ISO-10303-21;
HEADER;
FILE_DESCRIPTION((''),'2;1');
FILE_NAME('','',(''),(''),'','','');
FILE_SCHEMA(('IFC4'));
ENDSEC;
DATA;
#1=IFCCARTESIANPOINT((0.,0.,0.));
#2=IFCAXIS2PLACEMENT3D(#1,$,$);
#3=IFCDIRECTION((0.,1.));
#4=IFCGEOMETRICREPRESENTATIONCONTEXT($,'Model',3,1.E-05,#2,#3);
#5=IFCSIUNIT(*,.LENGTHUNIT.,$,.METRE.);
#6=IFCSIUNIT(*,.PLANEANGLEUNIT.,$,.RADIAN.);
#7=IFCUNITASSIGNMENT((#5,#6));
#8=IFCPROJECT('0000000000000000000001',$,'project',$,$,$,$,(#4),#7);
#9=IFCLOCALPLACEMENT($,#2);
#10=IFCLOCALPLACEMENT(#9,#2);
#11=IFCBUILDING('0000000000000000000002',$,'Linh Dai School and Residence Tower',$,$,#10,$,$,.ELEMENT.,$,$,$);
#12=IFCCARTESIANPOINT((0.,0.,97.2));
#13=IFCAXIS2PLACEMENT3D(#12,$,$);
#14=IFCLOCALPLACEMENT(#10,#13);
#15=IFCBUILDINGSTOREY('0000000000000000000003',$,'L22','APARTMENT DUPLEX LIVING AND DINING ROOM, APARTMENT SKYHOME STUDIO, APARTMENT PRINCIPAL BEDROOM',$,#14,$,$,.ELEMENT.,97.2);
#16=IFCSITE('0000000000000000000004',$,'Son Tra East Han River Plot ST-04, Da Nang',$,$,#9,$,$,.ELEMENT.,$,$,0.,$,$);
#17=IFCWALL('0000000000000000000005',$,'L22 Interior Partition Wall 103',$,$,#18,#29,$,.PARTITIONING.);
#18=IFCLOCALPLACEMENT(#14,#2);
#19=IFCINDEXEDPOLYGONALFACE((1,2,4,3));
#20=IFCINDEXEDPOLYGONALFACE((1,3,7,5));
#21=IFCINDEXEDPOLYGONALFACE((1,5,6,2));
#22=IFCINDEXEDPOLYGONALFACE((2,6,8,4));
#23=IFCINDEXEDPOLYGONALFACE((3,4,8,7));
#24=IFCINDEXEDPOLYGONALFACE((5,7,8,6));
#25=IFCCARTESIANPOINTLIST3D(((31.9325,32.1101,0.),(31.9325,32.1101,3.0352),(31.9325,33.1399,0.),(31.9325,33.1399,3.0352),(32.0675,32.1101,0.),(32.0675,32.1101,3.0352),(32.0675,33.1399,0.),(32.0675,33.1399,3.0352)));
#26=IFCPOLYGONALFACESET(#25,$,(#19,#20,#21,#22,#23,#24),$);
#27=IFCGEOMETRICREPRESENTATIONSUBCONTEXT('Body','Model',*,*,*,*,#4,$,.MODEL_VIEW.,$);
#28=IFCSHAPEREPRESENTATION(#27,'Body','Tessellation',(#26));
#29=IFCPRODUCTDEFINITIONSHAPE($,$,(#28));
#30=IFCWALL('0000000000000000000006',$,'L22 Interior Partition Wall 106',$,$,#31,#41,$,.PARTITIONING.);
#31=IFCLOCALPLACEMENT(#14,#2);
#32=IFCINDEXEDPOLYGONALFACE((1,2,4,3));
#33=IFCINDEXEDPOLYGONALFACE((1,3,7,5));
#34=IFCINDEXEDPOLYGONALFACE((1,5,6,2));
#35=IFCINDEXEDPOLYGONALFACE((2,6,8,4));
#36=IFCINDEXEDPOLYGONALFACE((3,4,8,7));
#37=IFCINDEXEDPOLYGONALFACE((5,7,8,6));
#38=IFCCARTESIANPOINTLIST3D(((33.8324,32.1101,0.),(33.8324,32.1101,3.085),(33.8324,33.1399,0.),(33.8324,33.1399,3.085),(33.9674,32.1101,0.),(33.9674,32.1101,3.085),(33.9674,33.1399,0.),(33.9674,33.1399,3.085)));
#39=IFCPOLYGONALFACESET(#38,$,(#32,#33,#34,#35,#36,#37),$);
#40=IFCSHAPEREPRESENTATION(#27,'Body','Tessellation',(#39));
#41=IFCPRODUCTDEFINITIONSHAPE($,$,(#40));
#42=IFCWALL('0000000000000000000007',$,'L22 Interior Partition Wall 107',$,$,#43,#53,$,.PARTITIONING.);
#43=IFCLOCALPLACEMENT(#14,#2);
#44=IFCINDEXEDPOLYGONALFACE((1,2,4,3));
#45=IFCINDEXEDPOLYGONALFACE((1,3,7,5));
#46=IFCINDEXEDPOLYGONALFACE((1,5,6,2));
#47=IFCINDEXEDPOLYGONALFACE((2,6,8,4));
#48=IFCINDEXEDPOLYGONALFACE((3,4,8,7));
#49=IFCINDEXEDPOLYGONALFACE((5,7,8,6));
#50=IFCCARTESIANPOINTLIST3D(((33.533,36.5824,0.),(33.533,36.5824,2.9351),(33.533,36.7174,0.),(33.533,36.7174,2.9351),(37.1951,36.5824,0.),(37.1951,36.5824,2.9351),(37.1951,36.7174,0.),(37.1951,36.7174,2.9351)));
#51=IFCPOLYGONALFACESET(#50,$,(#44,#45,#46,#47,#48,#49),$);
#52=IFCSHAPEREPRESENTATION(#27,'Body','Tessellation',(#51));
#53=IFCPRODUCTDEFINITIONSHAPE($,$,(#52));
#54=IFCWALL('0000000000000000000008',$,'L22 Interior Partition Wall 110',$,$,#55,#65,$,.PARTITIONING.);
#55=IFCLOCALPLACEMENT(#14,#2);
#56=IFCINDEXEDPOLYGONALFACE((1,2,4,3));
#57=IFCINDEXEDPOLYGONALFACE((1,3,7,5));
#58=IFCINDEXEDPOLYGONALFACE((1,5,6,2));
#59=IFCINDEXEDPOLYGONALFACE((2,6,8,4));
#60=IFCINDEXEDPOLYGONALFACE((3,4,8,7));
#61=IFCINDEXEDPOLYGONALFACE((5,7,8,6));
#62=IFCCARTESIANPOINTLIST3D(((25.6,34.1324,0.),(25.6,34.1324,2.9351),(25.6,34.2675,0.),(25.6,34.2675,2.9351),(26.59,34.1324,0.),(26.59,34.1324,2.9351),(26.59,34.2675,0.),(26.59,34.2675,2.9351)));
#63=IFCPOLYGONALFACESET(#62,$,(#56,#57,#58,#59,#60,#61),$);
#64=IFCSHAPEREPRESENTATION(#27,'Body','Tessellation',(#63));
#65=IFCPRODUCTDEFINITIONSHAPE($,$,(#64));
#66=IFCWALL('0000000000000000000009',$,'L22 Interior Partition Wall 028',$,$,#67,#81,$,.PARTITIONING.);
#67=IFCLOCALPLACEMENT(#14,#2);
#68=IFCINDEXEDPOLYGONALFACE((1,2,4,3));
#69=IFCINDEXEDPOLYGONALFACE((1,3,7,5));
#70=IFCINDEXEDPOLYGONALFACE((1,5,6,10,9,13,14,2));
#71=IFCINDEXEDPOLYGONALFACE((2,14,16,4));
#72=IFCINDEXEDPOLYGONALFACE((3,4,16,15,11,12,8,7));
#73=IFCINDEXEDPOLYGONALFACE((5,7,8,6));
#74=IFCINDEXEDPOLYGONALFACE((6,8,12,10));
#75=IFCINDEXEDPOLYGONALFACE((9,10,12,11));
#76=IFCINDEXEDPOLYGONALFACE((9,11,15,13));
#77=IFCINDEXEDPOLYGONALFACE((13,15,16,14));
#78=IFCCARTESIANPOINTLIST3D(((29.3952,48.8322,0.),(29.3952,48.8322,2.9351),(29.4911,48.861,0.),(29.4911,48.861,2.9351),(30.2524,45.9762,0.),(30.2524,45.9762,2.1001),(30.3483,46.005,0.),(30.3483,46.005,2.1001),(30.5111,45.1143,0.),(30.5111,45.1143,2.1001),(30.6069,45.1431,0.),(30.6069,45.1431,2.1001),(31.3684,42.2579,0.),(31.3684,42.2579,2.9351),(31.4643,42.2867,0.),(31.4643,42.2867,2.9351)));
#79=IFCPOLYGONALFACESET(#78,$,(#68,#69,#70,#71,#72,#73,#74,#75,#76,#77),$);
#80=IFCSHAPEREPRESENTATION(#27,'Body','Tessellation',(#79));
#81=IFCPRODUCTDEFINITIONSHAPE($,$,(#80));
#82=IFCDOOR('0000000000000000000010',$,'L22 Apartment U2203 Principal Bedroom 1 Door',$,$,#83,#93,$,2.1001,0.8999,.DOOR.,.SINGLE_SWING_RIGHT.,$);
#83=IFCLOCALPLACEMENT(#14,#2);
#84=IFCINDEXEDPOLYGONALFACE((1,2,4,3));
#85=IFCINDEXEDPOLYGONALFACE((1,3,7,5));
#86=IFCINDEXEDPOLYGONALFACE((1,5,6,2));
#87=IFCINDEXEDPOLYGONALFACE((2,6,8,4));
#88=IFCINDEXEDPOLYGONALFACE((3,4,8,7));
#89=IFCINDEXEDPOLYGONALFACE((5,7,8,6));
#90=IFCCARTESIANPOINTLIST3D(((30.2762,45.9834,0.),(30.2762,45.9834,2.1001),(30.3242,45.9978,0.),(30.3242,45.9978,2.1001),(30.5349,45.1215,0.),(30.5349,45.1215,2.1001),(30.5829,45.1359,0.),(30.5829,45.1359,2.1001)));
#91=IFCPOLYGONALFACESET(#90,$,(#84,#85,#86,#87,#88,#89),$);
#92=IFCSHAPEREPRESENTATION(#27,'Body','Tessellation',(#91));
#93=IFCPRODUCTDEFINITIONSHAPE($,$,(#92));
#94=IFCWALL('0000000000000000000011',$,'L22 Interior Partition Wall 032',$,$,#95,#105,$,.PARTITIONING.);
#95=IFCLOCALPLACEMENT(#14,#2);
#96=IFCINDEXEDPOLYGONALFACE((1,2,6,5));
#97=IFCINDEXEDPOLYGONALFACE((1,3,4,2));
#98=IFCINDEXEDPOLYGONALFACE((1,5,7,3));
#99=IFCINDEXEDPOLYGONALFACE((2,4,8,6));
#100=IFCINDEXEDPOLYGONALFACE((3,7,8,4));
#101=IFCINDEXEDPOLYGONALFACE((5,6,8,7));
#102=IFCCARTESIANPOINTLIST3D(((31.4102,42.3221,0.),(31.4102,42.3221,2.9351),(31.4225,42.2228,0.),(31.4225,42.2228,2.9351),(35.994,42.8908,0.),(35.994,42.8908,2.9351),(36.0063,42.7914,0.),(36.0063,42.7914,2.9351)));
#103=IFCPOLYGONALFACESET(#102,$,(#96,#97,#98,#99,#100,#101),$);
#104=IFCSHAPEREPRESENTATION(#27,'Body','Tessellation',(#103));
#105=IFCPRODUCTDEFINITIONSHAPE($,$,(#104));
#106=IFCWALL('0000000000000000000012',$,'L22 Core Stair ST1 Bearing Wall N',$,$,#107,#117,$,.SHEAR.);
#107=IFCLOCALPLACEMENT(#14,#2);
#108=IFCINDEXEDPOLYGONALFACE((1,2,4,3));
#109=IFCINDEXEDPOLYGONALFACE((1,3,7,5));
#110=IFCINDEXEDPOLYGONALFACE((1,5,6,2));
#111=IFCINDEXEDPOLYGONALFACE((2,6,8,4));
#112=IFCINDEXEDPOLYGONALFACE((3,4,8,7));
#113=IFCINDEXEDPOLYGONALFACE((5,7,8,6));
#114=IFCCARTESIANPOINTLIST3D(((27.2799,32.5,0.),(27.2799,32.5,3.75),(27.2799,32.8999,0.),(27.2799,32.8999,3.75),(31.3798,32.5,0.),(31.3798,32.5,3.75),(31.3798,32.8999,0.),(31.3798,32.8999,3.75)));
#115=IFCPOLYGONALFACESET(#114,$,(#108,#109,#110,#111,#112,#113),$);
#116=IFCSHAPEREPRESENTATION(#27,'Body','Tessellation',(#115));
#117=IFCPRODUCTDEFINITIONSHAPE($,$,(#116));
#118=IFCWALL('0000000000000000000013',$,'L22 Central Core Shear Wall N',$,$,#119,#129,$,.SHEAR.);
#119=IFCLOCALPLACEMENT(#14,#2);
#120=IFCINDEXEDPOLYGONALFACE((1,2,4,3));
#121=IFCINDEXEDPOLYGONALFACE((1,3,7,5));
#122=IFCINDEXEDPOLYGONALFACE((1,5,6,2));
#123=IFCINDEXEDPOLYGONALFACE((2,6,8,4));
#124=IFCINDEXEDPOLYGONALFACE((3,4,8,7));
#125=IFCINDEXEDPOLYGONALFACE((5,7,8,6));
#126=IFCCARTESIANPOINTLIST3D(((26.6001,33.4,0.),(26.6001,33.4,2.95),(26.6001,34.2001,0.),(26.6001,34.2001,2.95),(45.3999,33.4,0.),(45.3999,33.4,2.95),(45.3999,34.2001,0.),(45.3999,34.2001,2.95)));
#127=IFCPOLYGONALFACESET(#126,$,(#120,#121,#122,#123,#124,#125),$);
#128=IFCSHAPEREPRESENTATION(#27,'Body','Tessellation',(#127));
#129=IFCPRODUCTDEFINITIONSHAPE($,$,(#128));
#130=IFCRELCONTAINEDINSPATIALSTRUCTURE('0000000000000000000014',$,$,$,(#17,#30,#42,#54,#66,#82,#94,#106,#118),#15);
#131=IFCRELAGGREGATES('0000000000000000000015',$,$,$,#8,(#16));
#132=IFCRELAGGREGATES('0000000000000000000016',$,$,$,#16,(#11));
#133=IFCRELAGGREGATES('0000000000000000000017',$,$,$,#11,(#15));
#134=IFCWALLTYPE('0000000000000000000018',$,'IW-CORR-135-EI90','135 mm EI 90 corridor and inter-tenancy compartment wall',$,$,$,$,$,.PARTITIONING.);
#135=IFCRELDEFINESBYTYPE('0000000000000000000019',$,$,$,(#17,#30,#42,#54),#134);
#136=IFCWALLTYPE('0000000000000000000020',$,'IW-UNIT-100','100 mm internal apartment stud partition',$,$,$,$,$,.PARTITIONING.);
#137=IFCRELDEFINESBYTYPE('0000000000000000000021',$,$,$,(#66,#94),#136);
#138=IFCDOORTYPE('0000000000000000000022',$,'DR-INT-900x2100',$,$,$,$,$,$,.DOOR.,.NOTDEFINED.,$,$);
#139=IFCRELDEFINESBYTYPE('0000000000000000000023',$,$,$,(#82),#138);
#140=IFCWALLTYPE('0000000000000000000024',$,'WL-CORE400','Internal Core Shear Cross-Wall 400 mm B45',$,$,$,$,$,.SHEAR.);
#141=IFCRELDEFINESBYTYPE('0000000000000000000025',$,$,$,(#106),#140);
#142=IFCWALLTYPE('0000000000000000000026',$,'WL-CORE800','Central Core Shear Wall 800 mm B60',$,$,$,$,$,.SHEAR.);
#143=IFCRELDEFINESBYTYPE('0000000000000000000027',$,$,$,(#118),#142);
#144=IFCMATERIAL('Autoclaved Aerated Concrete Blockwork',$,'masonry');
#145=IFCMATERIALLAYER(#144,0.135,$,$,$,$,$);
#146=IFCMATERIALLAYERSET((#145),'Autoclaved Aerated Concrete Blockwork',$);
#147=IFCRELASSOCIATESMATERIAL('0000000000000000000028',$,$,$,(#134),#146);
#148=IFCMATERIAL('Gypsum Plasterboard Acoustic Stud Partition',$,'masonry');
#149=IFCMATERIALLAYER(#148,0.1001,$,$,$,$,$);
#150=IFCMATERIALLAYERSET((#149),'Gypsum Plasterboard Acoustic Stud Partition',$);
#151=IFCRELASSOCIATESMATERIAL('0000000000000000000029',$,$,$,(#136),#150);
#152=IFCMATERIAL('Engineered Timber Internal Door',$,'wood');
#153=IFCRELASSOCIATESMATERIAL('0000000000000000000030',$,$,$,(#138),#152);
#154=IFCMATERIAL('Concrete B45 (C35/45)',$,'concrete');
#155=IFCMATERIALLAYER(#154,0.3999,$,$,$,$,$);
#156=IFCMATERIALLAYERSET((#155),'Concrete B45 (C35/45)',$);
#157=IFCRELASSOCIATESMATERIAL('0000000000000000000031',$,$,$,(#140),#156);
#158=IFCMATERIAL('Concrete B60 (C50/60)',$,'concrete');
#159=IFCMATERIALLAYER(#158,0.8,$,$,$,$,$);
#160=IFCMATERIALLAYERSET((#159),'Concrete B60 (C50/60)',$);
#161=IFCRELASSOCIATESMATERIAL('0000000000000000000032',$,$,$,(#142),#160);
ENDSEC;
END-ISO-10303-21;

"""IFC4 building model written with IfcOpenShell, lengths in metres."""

from ifc_helpers import new_model, si_unit, direction, frame, frame_2d, origin, origin_2d, place, context, subcontext, project, spatial, rectangle, extrude, source, transform, mapped, material, layer, layer_set, type_object, element, fill, save


model = new_model("IFC4")

# Units and contexts
model_context = context("Model", 3, precision=1e-05, world=origin(), true_north=direction((0.0, 1.0)))
body_context = subcontext(model_context, "Body", "Model", "MODEL_VIEW")
ifc_project = project(units=[si_unit("LENGTHUNIT", "METRE"), si_unit("PLANEANGLEUNIT", "RADIAN")], contexts=[model_context])

# Site, building, storey
site_placement = place(None, origin())
site = spatial("IfcSite", under=ifc_project, at=site_placement, Name="Son Tra East Han River Plot ST-04, Da Nang", CompositionType="ELEMENT", RefElevation=0.0)
building_placement = place(site_placement, origin())
building = spatial("IfcBuilding", under=site, at=building_placement, Name="Linh Dai School and Residence Tower", CompositionType="ELEMENT")
storey_placement = place(building_placement, frame((0.0, 0.0, 97.2)))
storey = spatial("IfcBuildingStorey", under=building, at=storey_placement, Name="L22", Description="APARTMENT DUPLEX LIVING AND DINING ROOM, APARTMENT SKYHOME STUDIO, APARTMENT PRINCIPAL BEDROOM", CompositionType="ELEMENT", Elevation=97.2)

# Walls
ifc_material_1 = material(Name="Autoclaved Aerated Concrete Blockwork", Category="masonry")
ifc_layer_1 = layer(ifc_material_1, 0.135)
ifc_layer_set_1 = layer_set([ifc_layer_1], Name="Autoclaved Aerated Concrete Blockwork")
wall_type_1 = type_object("IfcWallType", Name="IW-CORR-135-EI90", Description="135 mm EI 90 corridor and inter-tenancy compartment wall", PredefinedType="PARTITIONING", material=ifc_layer_set_1)
wall_1_placement = place(storey_placement, frame((32.0, 33.1399, 0.0), z_axis=(0.0, 0.0, 1.0), x_axis=(0.0, -1.0, 0.0)))
element("IfcWall", 1, at=wall_1_placement, inside=storey, type_object=wall_type_1, Name="L22 Interior Partition Wall 103", PredefinedType="PARTITIONING", context=body_context, shape_type="SweptSolid", body=[
    extrude(rectangle(XDim=1.0298, YDim=0.135, at=frame_2d((0.5149, 0.0))), origin(), (0.0, 0.0, 1.0), 3.0352),
])
wall_2_placement = place(storey_placement, frame((33.8999, 32.1101, 0.0), z_axis=(0.0, 0.0, 1.0), x_axis=(0.0, 1.0, 0.0)))
element("IfcWall", 2, at=wall_2_placement, inside=storey, type_object=wall_type_1, Name="L22 Interior Partition Wall 106", PredefinedType="PARTITIONING", context=body_context, shape_type="SweptSolid", body=[
    extrude(rectangle(XDim=1.0298, YDim=0.135, at=frame_2d((0.5149, 0.0))), origin(), (0.0, 0.0, 1.0), 3.085),
])
wall_3_placement = place(storey_placement, frame((33.533, 36.6499, 0.0), z_axis=(0.0, 0.0, 1.0), x_axis=(1.0, 0.0, 0.0)))
element("IfcWall", 3, at=wall_3_placement, inside=storey, type_object=wall_type_1, Name="L22 Interior Partition Wall 107", PredefinedType="PARTITIONING", context=body_context, shape_type="SweptSolid", body=[
    extrude(rectangle(XDim=3.6621, YDim=0.135, at=frame_2d((1.8311, 0.0))), origin(), (0.0, 0.0, 1.0), 2.9351),
])
wall_4_placement = place(storey_placement, frame((26.5901, 34.2, 0.0), z_axis=(0.0, 0.0, 1.0), x_axis=(-1.0, 0.0, 0.0)))
element("IfcWall", 4, at=wall_4_placement, inside=storey, type_object=wall_type_1, Name="L22 Interior Partition Wall 110", PredefinedType="PARTITIONING", context=body_context, shape_type="SweptSolid", body=[
    extrude(rectangle(XDim=0.99, YDim=0.135, at=frame_2d((0.4951, 0.0))), origin(), (0.0, 0.0, 1.0), 2.9351),
])

# Wall, opening, door
ifc_material_2 = material(Name="Gypsum Plasterboard Acoustic Stud Partition", Category="masonry")
ifc_layer_2 = layer(ifc_material_2, 0.1001)
ifc_layer_set_2 = layer_set([ifc_layer_2], Name="Gypsum Plasterboard Acoustic Stud Partition")
wall_type_2 = type_object("IfcWallType", Name="IW-UNIT-100", Description="100 mm internal apartment stud partition", PredefinedType="PARTITIONING", material=ifc_layer_set_2)
wall_5_placement = place(storey_placement, frame((29.4431, 48.8467, 0.0), z_axis=(0.0, 0.0, 1.0), x_axis=(0.287465, -0.957791, 0.0)))
wall_5 = element("IfcWall", 5, at=wall_5_placement, inside=storey, type_object=wall_type_2, Name="L22 Interior Partition Wall 028", PredefinedType="PARTITIONING", context=body_context, shape_type="SweptSolid", body=[
    extrude(rectangle(XDim=6.864, YDim=0.1001, at=frame_2d((3.4321, 0.0))), origin(), (0.0, 0.0, 1.0), 2.9351),
])
opening_1_placement = place(wall_5_placement, frame((2.9819, 0.0, 0.0)))
opening_1 = element("IfcOpeningElement", 6, at=opening_1_placement, cuts=wall_5, PredefinedType="OPENING", context=body_context, shape_type="SweptSolid", body=[
    extrude(rectangle(XDim=0.8999, YDim=2.1001, at=origin_2d()), frame((0.45, 0.0601, 1.05), z_axis=(0.0, -1.0, 0.0), x_axis=(1.0, 0.0, 0.0)), (0.0, 0.0, 1.0), 0.1201),
])
ifc_material_3 = material(Name="Engineered Timber Internal Door", Category="wood")
door_type = type_object("IfcDoorType", Name="DR-INT-900x2100", OperationType="NOTDEFINED", PredefinedType="DOOR", material=ifc_material_3)
shared_shape_1 = source(origin(), body_context, "Body", "SweptSolid", [
    extrude(rectangle(XDim=0.8999, YDim=2.1001, at=origin_2d()), frame((0.45, 0.0249, 1.05), z_axis=(0.0, -1.0, 0.0), x_axis=(1.0, 0.0, 0.0)), (0.0, 0.0, 1.0), 0.05),
])
door_placement = place(opening_1_placement, origin())
door = element("IfcDoor", 7, at=door_placement, inside=storey, type_object=door_type, Name="L22 Apartment U2203 Principal Bedroom 1 Door", OperationType="SINGLE_SWING_RIGHT", OverallHeight=2.1001, OverallWidth=0.8999, PredefinedType="DOOR", context=body_context, shape_type="MappedRepresentation", body=[
    mapped(shared_shape_1, transform((0.0, 0.0, 0.0), x_axis=(1.0, 0.0, 0.0), y_axis=(0.0, 1.0, 0.0), z_axis=(0.0, 0.0, 1.0), scale=1.0)),
])
fill(opening_1, door)

# Walls
wall_6_placement = place(storey_placement, frame((31.4163, 42.2725, 0.0), z_axis=(0.0, 0.0, 1.0), x_axis=(0.992394, 0.123104, 0.0)))
element("IfcWall", 8, at=wall_6_placement, inside=storey, type_object=wall_type_2, Name="L22 Interior Partition Wall 032", PredefinedType="PARTITIONING", context=body_context, shape_type="SweptSolid", body=[
    extrude(rectangle(XDim=4.6189, YDim=0.1001, at=frame_2d((2.3096, 0.0))), origin(), (0.0, 0.0, 1.0), 2.9351),
])
ifc_material_4 = material(Name="Concrete B45 (C35/45)", Category="concrete")
ifc_layer_3 = layer(ifc_material_4, 0.3999)
ifc_layer_set_3 = layer_set([ifc_layer_3], Name="Concrete B45 (C35/45)")
wall_type_3 = type_object("IfcWallType", Name="WL-CORE400", Description="Internal Core Shear Cross-Wall 400 mm B45", PredefinedType="SHEAR", material=ifc_layer_set_3)
wall_7_placement = place(storey_placement, frame((27.28, 32.7, 0.0), z_axis=(0.0, 0.0, 1.0), x_axis=(1.0, 0.0, 0.0)))
element("IfcWall", 9, at=wall_7_placement, inside=storey, type_object=wall_type_3, Name="L22 Core Stair ST1 Bearing Wall N", PredefinedType="SHEAR", context=body_context, shape_type="SweptSolid", body=[
    extrude(rectangle(XDim=4.0999, YDim=0.3999, at=frame_2d((2.0498, 0.0))), origin(), (0.0, 0.0, 1.0), 3.75),
])
ifc_material_5 = material(Name="Concrete B60 (C50/60)", Category="concrete")
ifc_layer_4 = layer(ifc_material_5, 0.8)
ifc_layer_set_4 = layer_set([ifc_layer_4], Name="Concrete B60 (C50/60)")
wall_type_4 = type_object("IfcWallType", Name="WL-CORE800", Description="Central Core Shear Wall 800 mm B60", PredefinedType="SHEAR", material=ifc_layer_set_4)
wall_8_placement = place(storey_placement, frame((26.6001, 33.8, 0.0), z_axis=(0.0, 0.0, 1.0), x_axis=(1.0, 0.0, 0.0)))
element("IfcWall", 10, at=wall_8_placement, inside=storey, type_object=wall_type_4, Name="L22 Central Core Shear Wall N", PredefinedType="SHEAR", context=body_context, shape_type="SweptSolid", body=[
    extrude(rectangle(XDim=18.7998, YDim=0.8, at=frame_2d((9.3999, 0.0))), origin(), (0.0, 0.0, 1.0), 2.95),
])

save(model, "model.ifc")
